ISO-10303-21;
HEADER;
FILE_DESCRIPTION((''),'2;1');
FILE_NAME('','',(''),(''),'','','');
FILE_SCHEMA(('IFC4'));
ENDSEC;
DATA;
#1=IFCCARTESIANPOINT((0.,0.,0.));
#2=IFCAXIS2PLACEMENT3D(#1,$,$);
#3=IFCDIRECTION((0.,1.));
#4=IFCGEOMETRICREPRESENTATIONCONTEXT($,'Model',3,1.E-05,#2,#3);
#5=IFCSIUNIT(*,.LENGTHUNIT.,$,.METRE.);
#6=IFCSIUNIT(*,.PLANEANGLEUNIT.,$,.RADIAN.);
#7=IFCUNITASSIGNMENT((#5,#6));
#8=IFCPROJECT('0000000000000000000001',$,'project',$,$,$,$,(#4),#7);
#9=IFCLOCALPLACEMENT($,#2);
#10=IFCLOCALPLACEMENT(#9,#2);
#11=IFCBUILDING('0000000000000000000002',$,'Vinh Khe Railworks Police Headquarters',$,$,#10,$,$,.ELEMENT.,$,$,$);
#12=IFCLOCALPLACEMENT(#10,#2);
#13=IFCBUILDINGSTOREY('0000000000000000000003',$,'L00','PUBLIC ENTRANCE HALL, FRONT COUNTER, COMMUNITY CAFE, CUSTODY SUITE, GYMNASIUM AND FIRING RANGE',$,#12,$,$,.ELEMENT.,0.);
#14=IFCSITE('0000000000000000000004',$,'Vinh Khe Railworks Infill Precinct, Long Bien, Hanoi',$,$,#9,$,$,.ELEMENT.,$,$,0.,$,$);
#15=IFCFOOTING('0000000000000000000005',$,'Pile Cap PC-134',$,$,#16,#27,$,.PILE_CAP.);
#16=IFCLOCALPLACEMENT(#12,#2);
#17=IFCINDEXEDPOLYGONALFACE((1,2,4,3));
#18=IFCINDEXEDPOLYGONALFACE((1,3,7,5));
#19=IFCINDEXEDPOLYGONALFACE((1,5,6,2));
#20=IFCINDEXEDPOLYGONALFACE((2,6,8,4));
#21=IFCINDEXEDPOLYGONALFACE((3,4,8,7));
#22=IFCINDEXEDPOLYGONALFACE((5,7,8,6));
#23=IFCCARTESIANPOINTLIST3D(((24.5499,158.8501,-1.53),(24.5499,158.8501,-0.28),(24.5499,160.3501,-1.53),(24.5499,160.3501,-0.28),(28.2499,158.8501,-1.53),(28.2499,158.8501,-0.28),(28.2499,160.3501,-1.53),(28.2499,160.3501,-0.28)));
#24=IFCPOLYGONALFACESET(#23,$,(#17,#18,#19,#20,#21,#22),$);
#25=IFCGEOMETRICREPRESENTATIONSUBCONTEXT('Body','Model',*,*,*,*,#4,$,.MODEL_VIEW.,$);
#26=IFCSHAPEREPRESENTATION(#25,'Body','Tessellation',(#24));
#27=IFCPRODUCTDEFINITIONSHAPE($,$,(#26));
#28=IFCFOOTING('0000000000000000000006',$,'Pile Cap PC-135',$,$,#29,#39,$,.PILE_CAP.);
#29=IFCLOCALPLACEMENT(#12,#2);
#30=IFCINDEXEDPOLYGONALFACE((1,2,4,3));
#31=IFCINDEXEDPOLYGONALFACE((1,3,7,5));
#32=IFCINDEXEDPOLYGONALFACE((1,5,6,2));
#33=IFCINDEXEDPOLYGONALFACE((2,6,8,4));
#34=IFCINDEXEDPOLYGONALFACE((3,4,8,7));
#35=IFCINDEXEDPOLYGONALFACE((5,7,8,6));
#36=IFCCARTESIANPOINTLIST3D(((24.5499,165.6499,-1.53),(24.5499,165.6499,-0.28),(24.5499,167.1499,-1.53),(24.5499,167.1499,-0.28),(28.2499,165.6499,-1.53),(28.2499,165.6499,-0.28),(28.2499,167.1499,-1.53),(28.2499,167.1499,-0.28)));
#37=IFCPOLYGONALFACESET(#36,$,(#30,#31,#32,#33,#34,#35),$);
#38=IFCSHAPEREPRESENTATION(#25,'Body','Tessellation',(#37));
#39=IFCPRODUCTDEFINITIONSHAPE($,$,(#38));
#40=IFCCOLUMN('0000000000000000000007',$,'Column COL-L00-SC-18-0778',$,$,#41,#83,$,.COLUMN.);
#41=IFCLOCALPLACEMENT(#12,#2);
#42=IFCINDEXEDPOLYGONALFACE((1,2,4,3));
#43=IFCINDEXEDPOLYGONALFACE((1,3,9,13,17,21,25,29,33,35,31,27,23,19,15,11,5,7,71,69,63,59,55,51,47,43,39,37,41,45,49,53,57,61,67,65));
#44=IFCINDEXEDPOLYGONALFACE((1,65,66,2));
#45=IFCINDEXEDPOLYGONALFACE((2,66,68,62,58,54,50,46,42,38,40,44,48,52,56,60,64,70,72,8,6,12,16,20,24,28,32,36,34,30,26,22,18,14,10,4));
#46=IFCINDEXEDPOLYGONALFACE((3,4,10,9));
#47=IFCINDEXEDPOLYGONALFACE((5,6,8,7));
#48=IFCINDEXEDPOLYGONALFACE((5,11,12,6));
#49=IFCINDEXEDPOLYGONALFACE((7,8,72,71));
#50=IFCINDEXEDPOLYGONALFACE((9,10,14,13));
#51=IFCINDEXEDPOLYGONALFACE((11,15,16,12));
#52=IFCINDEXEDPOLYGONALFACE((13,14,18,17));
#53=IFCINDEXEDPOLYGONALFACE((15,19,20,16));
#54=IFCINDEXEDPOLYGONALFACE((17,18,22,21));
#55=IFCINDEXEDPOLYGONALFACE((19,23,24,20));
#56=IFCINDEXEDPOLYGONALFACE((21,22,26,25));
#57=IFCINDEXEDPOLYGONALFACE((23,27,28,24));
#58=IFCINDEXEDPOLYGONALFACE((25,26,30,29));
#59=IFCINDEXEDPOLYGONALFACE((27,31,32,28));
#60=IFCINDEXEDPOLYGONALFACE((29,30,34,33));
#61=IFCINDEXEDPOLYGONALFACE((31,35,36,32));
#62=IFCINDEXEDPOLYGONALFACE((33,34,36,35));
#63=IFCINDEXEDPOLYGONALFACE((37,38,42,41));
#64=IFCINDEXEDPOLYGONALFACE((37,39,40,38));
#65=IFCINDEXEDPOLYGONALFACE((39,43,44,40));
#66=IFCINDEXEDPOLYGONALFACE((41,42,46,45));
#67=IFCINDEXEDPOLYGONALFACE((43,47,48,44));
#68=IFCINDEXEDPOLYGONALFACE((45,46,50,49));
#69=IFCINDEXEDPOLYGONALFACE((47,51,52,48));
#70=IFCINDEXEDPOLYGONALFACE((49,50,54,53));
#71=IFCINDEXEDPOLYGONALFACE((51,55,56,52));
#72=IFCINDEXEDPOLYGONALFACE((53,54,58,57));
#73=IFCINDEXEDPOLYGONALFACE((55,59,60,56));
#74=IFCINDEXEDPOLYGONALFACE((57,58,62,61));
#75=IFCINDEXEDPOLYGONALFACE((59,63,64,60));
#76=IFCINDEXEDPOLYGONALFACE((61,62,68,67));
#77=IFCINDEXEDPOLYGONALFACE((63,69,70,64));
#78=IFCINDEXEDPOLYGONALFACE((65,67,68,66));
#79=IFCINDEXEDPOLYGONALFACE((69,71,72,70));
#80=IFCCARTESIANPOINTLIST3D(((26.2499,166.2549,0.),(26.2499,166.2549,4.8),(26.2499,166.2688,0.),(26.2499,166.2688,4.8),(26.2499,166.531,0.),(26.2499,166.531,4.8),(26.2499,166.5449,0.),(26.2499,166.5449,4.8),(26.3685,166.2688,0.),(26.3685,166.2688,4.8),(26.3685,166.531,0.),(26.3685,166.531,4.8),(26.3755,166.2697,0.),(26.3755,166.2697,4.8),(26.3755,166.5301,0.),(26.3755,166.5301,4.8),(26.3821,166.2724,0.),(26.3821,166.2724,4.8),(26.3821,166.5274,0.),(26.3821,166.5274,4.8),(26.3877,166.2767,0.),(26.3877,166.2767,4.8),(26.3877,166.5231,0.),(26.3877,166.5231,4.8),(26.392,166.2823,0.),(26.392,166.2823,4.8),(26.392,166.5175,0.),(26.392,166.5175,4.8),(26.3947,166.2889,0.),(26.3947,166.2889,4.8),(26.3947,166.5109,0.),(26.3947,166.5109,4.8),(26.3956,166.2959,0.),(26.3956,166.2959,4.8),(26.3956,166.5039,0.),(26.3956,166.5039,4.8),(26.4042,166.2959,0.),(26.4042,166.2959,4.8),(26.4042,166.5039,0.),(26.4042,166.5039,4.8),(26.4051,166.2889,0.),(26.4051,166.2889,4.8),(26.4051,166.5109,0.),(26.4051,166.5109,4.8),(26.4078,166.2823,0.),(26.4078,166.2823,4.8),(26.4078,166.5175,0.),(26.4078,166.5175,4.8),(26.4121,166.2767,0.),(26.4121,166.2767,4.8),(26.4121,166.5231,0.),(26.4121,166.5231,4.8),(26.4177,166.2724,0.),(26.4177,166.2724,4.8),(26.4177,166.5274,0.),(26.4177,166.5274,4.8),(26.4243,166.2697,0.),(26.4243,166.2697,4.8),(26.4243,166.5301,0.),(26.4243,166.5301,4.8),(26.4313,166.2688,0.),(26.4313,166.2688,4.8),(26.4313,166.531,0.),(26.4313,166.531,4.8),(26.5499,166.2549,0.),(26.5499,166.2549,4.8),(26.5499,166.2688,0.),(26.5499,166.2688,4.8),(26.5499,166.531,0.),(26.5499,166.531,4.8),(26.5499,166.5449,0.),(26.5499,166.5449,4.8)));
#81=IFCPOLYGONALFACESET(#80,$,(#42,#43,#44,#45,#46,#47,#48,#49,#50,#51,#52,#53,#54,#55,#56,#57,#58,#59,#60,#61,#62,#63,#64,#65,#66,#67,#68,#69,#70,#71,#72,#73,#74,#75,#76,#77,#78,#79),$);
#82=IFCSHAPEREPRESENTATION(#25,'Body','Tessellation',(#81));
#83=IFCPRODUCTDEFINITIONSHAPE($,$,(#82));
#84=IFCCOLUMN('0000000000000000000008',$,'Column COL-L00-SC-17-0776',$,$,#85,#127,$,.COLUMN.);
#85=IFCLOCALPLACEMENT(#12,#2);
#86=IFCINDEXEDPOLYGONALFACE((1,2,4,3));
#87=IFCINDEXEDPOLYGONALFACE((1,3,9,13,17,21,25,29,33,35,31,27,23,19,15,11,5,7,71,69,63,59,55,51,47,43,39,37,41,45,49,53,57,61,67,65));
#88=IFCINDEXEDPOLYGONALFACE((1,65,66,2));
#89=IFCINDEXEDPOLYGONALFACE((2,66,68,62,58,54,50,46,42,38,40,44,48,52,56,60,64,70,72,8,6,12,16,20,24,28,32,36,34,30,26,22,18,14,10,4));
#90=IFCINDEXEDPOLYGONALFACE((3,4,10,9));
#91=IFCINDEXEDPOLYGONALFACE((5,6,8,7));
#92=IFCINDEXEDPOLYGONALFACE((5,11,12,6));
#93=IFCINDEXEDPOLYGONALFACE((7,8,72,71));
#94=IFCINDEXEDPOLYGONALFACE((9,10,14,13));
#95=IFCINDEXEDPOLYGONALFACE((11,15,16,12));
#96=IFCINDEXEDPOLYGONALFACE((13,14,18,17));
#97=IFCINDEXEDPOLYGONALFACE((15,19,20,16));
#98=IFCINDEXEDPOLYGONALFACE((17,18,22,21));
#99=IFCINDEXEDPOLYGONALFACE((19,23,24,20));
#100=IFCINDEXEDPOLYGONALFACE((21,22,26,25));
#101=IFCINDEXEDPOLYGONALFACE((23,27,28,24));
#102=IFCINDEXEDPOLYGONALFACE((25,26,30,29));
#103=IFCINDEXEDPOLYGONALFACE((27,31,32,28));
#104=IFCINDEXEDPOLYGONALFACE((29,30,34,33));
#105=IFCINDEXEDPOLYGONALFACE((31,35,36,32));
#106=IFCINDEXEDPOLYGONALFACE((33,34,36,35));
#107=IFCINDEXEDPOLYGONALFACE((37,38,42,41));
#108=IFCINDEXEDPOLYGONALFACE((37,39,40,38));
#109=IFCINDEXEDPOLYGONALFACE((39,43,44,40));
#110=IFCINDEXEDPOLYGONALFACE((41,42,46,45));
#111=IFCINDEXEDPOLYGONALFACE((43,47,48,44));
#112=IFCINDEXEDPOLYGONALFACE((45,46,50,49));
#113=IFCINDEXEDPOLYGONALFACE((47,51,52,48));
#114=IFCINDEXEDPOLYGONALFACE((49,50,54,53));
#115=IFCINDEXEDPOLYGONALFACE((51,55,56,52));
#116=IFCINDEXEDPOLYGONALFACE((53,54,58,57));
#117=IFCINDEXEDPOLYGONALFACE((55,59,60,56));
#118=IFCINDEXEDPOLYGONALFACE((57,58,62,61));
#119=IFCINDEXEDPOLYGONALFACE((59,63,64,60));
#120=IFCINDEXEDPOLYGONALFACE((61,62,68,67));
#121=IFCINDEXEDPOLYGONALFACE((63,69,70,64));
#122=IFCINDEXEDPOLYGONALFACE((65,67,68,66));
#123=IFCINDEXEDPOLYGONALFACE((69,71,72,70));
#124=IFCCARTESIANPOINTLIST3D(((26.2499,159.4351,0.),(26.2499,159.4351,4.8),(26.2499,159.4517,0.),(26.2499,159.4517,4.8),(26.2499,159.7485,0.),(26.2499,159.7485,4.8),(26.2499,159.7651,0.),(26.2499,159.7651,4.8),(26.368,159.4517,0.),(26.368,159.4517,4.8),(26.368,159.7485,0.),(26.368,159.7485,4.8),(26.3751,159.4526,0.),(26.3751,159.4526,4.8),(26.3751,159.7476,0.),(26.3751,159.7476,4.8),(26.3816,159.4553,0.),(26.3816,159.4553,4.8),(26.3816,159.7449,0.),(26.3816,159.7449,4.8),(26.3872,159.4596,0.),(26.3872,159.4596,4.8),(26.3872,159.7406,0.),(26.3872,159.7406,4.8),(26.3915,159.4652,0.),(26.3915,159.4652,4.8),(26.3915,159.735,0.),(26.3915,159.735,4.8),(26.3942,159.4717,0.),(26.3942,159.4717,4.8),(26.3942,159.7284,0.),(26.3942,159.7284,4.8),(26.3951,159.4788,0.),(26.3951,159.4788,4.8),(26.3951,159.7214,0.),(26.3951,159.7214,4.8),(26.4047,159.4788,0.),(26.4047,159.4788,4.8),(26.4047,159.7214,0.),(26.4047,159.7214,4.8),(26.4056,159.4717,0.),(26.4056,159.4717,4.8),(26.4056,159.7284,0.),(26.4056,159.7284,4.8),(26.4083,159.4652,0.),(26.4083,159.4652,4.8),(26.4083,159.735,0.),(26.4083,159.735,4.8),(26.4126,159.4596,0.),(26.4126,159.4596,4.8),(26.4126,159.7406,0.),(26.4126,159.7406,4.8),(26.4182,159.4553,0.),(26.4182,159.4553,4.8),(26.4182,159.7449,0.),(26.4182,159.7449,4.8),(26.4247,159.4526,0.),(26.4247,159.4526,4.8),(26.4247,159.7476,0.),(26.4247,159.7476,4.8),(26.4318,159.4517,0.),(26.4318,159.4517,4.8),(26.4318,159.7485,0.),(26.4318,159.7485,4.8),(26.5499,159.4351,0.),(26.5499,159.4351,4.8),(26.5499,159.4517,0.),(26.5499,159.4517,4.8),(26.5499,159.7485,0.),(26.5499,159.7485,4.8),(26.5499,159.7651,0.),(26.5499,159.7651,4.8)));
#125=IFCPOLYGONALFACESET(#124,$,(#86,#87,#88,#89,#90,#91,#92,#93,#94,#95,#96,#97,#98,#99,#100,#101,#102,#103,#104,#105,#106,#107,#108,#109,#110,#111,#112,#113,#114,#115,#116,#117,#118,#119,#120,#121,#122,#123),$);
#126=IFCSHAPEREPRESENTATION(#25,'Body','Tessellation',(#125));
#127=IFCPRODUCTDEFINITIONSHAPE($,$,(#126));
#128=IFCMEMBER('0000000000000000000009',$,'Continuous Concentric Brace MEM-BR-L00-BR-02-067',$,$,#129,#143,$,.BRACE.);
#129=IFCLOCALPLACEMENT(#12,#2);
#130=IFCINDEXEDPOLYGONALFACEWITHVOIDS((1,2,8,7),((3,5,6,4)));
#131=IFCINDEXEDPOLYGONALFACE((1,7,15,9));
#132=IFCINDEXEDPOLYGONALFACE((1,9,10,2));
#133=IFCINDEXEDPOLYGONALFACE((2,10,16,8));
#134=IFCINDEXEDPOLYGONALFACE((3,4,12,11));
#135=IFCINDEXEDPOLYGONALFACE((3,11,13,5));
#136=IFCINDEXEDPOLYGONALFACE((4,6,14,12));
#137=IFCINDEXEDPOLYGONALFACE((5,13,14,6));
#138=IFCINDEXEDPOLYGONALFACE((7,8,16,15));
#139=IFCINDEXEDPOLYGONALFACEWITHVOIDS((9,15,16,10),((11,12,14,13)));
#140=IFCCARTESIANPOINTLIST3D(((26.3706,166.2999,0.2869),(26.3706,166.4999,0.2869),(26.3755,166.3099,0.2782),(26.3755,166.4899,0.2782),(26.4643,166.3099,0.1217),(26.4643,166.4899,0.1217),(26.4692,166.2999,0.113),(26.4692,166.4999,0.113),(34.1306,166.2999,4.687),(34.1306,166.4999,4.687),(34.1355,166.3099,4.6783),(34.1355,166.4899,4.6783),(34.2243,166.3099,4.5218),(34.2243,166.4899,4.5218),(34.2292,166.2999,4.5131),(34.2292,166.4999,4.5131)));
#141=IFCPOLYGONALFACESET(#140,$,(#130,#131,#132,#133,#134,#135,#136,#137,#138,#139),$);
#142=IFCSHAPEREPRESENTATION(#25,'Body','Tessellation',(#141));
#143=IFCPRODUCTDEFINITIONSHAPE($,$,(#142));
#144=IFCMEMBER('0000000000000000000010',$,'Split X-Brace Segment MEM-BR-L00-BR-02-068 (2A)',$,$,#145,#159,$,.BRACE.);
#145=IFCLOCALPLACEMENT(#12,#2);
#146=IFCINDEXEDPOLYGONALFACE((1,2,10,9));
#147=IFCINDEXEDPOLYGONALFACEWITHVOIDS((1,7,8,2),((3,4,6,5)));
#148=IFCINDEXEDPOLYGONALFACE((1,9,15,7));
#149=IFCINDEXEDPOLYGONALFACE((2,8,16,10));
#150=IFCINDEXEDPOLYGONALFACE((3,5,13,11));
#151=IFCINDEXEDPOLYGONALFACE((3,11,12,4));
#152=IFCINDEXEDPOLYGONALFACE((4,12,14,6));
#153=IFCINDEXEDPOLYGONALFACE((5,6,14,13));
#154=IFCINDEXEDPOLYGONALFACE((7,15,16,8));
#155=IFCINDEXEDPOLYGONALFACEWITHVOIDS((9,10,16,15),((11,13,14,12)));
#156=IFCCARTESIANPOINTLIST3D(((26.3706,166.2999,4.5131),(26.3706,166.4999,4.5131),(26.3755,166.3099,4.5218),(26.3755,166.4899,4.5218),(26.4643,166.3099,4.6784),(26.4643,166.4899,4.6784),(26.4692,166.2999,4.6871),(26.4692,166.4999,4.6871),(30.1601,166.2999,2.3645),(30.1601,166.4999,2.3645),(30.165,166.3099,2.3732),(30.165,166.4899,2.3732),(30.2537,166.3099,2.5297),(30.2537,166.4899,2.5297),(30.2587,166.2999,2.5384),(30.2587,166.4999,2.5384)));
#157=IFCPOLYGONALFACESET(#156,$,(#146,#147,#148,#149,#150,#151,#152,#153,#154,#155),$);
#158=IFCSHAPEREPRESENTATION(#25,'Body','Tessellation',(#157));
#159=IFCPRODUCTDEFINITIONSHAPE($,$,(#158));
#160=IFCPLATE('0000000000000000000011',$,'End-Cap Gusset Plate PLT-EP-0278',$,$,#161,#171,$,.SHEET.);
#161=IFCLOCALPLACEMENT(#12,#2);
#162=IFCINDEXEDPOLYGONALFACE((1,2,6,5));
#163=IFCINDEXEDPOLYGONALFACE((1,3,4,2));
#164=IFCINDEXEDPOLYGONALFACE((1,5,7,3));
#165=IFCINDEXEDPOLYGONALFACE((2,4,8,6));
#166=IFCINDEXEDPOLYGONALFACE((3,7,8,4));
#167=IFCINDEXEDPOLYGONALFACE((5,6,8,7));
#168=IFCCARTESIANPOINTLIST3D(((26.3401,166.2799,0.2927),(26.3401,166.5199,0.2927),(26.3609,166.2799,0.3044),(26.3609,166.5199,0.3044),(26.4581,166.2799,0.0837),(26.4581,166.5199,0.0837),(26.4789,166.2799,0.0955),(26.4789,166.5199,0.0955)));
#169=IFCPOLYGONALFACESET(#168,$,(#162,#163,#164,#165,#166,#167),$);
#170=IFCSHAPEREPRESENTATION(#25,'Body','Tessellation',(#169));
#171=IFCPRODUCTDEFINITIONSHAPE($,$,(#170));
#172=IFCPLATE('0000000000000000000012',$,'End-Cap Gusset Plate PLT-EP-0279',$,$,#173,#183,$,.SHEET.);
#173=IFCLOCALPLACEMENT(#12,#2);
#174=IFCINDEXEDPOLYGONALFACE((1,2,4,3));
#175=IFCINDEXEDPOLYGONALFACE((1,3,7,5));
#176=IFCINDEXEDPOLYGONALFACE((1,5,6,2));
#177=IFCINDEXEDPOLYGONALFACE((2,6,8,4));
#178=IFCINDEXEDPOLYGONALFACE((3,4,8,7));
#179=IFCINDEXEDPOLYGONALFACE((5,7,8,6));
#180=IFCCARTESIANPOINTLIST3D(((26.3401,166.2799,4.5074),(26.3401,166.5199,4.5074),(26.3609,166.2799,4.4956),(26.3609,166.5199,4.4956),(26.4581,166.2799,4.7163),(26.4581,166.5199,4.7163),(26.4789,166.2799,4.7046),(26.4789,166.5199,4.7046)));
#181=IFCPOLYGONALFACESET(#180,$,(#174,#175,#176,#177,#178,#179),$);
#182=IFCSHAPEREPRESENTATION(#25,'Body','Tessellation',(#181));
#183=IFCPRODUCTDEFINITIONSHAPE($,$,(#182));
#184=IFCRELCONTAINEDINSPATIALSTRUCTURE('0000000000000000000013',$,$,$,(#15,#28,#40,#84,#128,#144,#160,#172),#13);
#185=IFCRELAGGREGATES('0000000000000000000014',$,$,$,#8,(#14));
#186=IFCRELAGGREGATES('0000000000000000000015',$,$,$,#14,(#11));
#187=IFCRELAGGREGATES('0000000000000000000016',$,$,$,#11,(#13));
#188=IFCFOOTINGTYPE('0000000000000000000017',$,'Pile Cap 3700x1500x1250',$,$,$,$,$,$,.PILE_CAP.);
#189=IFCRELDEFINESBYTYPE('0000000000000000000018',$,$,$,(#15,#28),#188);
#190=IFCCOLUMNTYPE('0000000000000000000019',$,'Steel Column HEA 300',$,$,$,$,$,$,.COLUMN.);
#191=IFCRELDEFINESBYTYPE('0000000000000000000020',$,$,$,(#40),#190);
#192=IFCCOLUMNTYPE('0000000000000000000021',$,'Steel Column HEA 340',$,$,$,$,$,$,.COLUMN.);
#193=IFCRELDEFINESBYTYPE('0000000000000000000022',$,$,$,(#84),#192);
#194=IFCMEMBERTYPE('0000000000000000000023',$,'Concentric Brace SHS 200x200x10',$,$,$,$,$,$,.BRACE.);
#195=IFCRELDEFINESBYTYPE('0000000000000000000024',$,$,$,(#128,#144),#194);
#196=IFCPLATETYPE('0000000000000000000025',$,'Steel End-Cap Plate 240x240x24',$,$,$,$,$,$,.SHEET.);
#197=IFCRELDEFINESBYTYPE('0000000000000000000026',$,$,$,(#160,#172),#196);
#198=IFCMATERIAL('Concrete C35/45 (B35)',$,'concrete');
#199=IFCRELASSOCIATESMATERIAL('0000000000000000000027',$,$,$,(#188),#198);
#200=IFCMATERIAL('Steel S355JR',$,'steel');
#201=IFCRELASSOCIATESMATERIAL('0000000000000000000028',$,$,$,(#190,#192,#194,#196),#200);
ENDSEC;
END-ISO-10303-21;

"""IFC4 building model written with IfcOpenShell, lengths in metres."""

from ifc_helpers import new_model, si_unit, direction, frame, origin, origin_2d, place, context, subcontext, project, spatial, rectangle, hollow_rectangle, i_section, extrude, material, material_profile, profile_set, type_object, element, save


model = new_model("IFC4")

# Units and contexts
model_context = context("Model", 3, precision=1e-05, world=origin(), true_north=direction((0.0, 1.0)))
body_context = subcontext(model_context, "Body", "Model", "MODEL_VIEW")
ifc_project = project(units=[si_unit("LENGTHUNIT", "METRE"), si_unit("PLANEANGLEUNIT", "RADIAN")], contexts=[model_context])

# Site, building, storey
site_placement = place(None, origin())
site = spatial("IfcSite", under=ifc_project, at=site_placement, Name="Vinh Khe Railworks Infill Precinct, Long Bien, Hanoi", CompositionType="ELEMENT", RefElevation=0.0)
building_placement = place(site_placement, origin())
building = spatial("IfcBuilding", under=site, at=building_placement, Name="Vinh Khe Railworks Police Headquarters", CompositionType="ELEMENT")
storey_placement = place(building_placement, origin())
storey = spatial("IfcBuildingStorey", under=building, at=storey_placement, Name="L00", Description="PUBLIC ENTRANCE HALL, FRONT COUNTER, COMMUNITY CAFE, CUSTODY SUITE, GYMNASIUM AND FIRING RANGE", CompositionType="ELEMENT", Elevation=0.0)

# Shared definitions
ifc_material_1 = material(Name="Concrete C35/45 (B35)", Category="concrete")

# Footings
footing_type_1 = type_object("IfcFootingType", Name="Pile Cap 3700x1500x1250", PredefinedType="PILE_CAP", material=ifc_material_1)
for number, where, z_axis, x_axis, name in (
    (1, (26.3999, 159.6001, -1.53), (0.0, 0.0, 1.0), (1.0, 0.0, 0.0), "Pile Cap PC-134"),
    (2, (26.3999, 166.3999, -1.53), (0.0, 0.0, 1.0), (1.0, 0.0, 0.0), "Pile Cap PC-135"),
):
    element("IfcFooting", number, at=place(storey_placement, frame(where, z_axis=z_axis, x_axis=x_axis)), inside=storey, type_object=footing_type_1, Name=name, PredefinedType="PILE_CAP", context=body_context, shape_type="SweptSolid", body=[
        extrude(rectangle(XDim=3.7, YDim=1.5, at=origin_2d()), origin(), (0.0, 0.0, 1.0), 1.25),
    ])

# Columns
ifc_material_2 = material(Name="Steel S355JR", Category="steel")
ifc_material_profile_1 = material_profile(ifc_material_2, i_section(OverallWidth=0.3, OverallDepth=0.29, WebThickness=0.0085, FlangeThickness=0.0139, FilletRadius=0.0271, at=origin_2d()), Name="HEA 300")
ifc_profile_set_1 = profile_set([ifc_material_profile_1], Name="Steel S355JR")
column_type_1 = type_object("IfcColumnType", Name="Steel Column HEA 300", PredefinedType="COLUMN", material=ifc_profile_set_1)
column_1_placement = place(storey_placement, frame((26.3999, 166.3999, 0.0), z_axis=(0.0, 0.0, 1.0), x_axis=(1.0, 0.0, 0.0)))
element("IfcColumn", 3, at=column_1_placement, inside=storey, type_object=column_type_1, Name="Column COL-L00-SC-18-0778", PredefinedType="COLUMN", context=body_context, shape_type="SweptSolid", body=[
    extrude(i_section(OverallWidth=0.3, OverallDepth=0.29, WebThickness=0.0085, FlangeThickness=0.0139, FilletRadius=0.0271, at=origin_2d()), origin(), (0.0, 0.0, 1.0), 4.8),
])
ifc_material_profile_2 = material_profile(ifc_material_2, i_section(OverallWidth=0.3, OverallDepth=0.3301, WebThickness=0.0095, FlangeThickness=0.0166, FilletRadius=0.0271, at=origin_2d()), Name="HEA 340")
ifc_profile_set_2 = profile_set([ifc_material_profile_2], Name="Steel S355JR")
column_type_2 = type_object("IfcColumnType", Name="Steel Column HEA 340", PredefinedType="COLUMN", material=ifc_profile_set_2)
column_2_placement = place(storey_placement, frame((26.3999, 159.6001, 0.0), z_axis=(0.0, 0.0, 1.0), x_axis=(1.0, 0.0, 0.0)))
element("IfcColumn", 4, at=column_2_placement, inside=storey, type_object=column_type_2, Name="Column COL-L00-SC-17-0776", PredefinedType="COLUMN", context=body_context, shape_type="SweptSolid", body=[
    extrude(i_section(OverallWidth=0.3, OverallDepth=0.3301, WebThickness=0.0095, FlangeThickness=0.0166, FilletRadius=0.0271, at=origin_2d()), origin(), (0.0, 0.0, 1.0), 4.8),
])

# Members
ifc_material_profile_3 = material_profile(ifc_material_2, hollow_rectangle(XDim=0.2, YDim=0.2, WallThickness=0.01, at=origin_2d()), Name="SHS 200x200x10")
ifc_profile_set_3 = profile_set([ifc_material_profile_3], Name="Steel S355JR")
member_type = type_object("IfcMemberType", Name="Concentric Brace SHS 200x200x10", PredefinedType="BRACE", material=ifc_profile_set_3)
member_1_placement = place(storey_placement, frame((26.4199, 166.3999, 0.2), z_axis=(0.869887, 0.0, 0.493251), x_axis=(0.0, 1.0, 0.0)))
element("IfcMember", 5, at=member_1_placement, inside=storey, type_object=member_type, Name="Continuous Concentric Brace MEM-BR-L00-BR-02-067", PredefinedType="BRACE", context=body_context, shape_type="SweptSolid", body=[
    extrude(hollow_rectangle(XDim=0.2, YDim=0.2, WallThickness=0.01, at=origin_2d()), origin(), (0.0, 0.0, 1.0), 8.9207),
])
member_2_placement = place(storey_placement, frame((26.4199, 166.3999, 4.6001), z_axis=(0.869897, 0.0, -0.493233), x_axis=(0.0, 1.0, 0.0)))
element("IfcMember", 6, at=member_2_placement, inside=storey, type_object=member_type, Name="Split X-Brace Segment MEM-BR-L00-BR-02-068 (2A)", PredefinedType="BRACE", context=body_context, shape_type="SweptSolid", body=[
    extrude(hollow_rectangle(XDim=0.2, YDim=0.2, WallThickness=0.01, at=origin_2d()), origin(), (0.0, 0.0, 1.0), 4.3562),
])

# Plates
ifc_material_profile_4 = material_profile(ifc_material_2, rectangle(XDim=0.24, YDim=0.24, at=origin_2d()), Name="PL 240x240")
ifc_profile_set_4 = profile_set([ifc_material_profile_4], Name="Steel S355JR")
plate_type = type_object("IfcPlateType", Name="Steel End-Cap Plate 240x240x24", PredefinedType="SHEET", material=ifc_profile_set_4)
for number, where, z_axis, x_axis, name in (
    (7, (26.4199, 166.3999, 0.2), (-0.870754, 0.0, -0.49172), (0.0, -1.0, 0.0), "End-Cap Gusset Plate PLT-EP-0278"),
    (8, (26.4199, 166.3999, 4.6001), (-0.870754, 0.0, 0.49172), (0.0, -1.0, 0.0), "End-Cap Gusset Plate PLT-EP-0279"),
):
    element("IfcPlate", number, at=place(storey_placement, frame(where, z_axis=z_axis, x_axis=x_axis)), inside=storey, type_object=plate_type, Name=name, PredefinedType="SHEET", context=body_context, shape_type="SweptSolid", body=[
        extrude(rectangle(XDim=0.24, YDim=0.24, at=origin_2d()), origin(), (0.0, 0.0, 1.0), 0.0239),
    ])

save(model, "model.ifc")
